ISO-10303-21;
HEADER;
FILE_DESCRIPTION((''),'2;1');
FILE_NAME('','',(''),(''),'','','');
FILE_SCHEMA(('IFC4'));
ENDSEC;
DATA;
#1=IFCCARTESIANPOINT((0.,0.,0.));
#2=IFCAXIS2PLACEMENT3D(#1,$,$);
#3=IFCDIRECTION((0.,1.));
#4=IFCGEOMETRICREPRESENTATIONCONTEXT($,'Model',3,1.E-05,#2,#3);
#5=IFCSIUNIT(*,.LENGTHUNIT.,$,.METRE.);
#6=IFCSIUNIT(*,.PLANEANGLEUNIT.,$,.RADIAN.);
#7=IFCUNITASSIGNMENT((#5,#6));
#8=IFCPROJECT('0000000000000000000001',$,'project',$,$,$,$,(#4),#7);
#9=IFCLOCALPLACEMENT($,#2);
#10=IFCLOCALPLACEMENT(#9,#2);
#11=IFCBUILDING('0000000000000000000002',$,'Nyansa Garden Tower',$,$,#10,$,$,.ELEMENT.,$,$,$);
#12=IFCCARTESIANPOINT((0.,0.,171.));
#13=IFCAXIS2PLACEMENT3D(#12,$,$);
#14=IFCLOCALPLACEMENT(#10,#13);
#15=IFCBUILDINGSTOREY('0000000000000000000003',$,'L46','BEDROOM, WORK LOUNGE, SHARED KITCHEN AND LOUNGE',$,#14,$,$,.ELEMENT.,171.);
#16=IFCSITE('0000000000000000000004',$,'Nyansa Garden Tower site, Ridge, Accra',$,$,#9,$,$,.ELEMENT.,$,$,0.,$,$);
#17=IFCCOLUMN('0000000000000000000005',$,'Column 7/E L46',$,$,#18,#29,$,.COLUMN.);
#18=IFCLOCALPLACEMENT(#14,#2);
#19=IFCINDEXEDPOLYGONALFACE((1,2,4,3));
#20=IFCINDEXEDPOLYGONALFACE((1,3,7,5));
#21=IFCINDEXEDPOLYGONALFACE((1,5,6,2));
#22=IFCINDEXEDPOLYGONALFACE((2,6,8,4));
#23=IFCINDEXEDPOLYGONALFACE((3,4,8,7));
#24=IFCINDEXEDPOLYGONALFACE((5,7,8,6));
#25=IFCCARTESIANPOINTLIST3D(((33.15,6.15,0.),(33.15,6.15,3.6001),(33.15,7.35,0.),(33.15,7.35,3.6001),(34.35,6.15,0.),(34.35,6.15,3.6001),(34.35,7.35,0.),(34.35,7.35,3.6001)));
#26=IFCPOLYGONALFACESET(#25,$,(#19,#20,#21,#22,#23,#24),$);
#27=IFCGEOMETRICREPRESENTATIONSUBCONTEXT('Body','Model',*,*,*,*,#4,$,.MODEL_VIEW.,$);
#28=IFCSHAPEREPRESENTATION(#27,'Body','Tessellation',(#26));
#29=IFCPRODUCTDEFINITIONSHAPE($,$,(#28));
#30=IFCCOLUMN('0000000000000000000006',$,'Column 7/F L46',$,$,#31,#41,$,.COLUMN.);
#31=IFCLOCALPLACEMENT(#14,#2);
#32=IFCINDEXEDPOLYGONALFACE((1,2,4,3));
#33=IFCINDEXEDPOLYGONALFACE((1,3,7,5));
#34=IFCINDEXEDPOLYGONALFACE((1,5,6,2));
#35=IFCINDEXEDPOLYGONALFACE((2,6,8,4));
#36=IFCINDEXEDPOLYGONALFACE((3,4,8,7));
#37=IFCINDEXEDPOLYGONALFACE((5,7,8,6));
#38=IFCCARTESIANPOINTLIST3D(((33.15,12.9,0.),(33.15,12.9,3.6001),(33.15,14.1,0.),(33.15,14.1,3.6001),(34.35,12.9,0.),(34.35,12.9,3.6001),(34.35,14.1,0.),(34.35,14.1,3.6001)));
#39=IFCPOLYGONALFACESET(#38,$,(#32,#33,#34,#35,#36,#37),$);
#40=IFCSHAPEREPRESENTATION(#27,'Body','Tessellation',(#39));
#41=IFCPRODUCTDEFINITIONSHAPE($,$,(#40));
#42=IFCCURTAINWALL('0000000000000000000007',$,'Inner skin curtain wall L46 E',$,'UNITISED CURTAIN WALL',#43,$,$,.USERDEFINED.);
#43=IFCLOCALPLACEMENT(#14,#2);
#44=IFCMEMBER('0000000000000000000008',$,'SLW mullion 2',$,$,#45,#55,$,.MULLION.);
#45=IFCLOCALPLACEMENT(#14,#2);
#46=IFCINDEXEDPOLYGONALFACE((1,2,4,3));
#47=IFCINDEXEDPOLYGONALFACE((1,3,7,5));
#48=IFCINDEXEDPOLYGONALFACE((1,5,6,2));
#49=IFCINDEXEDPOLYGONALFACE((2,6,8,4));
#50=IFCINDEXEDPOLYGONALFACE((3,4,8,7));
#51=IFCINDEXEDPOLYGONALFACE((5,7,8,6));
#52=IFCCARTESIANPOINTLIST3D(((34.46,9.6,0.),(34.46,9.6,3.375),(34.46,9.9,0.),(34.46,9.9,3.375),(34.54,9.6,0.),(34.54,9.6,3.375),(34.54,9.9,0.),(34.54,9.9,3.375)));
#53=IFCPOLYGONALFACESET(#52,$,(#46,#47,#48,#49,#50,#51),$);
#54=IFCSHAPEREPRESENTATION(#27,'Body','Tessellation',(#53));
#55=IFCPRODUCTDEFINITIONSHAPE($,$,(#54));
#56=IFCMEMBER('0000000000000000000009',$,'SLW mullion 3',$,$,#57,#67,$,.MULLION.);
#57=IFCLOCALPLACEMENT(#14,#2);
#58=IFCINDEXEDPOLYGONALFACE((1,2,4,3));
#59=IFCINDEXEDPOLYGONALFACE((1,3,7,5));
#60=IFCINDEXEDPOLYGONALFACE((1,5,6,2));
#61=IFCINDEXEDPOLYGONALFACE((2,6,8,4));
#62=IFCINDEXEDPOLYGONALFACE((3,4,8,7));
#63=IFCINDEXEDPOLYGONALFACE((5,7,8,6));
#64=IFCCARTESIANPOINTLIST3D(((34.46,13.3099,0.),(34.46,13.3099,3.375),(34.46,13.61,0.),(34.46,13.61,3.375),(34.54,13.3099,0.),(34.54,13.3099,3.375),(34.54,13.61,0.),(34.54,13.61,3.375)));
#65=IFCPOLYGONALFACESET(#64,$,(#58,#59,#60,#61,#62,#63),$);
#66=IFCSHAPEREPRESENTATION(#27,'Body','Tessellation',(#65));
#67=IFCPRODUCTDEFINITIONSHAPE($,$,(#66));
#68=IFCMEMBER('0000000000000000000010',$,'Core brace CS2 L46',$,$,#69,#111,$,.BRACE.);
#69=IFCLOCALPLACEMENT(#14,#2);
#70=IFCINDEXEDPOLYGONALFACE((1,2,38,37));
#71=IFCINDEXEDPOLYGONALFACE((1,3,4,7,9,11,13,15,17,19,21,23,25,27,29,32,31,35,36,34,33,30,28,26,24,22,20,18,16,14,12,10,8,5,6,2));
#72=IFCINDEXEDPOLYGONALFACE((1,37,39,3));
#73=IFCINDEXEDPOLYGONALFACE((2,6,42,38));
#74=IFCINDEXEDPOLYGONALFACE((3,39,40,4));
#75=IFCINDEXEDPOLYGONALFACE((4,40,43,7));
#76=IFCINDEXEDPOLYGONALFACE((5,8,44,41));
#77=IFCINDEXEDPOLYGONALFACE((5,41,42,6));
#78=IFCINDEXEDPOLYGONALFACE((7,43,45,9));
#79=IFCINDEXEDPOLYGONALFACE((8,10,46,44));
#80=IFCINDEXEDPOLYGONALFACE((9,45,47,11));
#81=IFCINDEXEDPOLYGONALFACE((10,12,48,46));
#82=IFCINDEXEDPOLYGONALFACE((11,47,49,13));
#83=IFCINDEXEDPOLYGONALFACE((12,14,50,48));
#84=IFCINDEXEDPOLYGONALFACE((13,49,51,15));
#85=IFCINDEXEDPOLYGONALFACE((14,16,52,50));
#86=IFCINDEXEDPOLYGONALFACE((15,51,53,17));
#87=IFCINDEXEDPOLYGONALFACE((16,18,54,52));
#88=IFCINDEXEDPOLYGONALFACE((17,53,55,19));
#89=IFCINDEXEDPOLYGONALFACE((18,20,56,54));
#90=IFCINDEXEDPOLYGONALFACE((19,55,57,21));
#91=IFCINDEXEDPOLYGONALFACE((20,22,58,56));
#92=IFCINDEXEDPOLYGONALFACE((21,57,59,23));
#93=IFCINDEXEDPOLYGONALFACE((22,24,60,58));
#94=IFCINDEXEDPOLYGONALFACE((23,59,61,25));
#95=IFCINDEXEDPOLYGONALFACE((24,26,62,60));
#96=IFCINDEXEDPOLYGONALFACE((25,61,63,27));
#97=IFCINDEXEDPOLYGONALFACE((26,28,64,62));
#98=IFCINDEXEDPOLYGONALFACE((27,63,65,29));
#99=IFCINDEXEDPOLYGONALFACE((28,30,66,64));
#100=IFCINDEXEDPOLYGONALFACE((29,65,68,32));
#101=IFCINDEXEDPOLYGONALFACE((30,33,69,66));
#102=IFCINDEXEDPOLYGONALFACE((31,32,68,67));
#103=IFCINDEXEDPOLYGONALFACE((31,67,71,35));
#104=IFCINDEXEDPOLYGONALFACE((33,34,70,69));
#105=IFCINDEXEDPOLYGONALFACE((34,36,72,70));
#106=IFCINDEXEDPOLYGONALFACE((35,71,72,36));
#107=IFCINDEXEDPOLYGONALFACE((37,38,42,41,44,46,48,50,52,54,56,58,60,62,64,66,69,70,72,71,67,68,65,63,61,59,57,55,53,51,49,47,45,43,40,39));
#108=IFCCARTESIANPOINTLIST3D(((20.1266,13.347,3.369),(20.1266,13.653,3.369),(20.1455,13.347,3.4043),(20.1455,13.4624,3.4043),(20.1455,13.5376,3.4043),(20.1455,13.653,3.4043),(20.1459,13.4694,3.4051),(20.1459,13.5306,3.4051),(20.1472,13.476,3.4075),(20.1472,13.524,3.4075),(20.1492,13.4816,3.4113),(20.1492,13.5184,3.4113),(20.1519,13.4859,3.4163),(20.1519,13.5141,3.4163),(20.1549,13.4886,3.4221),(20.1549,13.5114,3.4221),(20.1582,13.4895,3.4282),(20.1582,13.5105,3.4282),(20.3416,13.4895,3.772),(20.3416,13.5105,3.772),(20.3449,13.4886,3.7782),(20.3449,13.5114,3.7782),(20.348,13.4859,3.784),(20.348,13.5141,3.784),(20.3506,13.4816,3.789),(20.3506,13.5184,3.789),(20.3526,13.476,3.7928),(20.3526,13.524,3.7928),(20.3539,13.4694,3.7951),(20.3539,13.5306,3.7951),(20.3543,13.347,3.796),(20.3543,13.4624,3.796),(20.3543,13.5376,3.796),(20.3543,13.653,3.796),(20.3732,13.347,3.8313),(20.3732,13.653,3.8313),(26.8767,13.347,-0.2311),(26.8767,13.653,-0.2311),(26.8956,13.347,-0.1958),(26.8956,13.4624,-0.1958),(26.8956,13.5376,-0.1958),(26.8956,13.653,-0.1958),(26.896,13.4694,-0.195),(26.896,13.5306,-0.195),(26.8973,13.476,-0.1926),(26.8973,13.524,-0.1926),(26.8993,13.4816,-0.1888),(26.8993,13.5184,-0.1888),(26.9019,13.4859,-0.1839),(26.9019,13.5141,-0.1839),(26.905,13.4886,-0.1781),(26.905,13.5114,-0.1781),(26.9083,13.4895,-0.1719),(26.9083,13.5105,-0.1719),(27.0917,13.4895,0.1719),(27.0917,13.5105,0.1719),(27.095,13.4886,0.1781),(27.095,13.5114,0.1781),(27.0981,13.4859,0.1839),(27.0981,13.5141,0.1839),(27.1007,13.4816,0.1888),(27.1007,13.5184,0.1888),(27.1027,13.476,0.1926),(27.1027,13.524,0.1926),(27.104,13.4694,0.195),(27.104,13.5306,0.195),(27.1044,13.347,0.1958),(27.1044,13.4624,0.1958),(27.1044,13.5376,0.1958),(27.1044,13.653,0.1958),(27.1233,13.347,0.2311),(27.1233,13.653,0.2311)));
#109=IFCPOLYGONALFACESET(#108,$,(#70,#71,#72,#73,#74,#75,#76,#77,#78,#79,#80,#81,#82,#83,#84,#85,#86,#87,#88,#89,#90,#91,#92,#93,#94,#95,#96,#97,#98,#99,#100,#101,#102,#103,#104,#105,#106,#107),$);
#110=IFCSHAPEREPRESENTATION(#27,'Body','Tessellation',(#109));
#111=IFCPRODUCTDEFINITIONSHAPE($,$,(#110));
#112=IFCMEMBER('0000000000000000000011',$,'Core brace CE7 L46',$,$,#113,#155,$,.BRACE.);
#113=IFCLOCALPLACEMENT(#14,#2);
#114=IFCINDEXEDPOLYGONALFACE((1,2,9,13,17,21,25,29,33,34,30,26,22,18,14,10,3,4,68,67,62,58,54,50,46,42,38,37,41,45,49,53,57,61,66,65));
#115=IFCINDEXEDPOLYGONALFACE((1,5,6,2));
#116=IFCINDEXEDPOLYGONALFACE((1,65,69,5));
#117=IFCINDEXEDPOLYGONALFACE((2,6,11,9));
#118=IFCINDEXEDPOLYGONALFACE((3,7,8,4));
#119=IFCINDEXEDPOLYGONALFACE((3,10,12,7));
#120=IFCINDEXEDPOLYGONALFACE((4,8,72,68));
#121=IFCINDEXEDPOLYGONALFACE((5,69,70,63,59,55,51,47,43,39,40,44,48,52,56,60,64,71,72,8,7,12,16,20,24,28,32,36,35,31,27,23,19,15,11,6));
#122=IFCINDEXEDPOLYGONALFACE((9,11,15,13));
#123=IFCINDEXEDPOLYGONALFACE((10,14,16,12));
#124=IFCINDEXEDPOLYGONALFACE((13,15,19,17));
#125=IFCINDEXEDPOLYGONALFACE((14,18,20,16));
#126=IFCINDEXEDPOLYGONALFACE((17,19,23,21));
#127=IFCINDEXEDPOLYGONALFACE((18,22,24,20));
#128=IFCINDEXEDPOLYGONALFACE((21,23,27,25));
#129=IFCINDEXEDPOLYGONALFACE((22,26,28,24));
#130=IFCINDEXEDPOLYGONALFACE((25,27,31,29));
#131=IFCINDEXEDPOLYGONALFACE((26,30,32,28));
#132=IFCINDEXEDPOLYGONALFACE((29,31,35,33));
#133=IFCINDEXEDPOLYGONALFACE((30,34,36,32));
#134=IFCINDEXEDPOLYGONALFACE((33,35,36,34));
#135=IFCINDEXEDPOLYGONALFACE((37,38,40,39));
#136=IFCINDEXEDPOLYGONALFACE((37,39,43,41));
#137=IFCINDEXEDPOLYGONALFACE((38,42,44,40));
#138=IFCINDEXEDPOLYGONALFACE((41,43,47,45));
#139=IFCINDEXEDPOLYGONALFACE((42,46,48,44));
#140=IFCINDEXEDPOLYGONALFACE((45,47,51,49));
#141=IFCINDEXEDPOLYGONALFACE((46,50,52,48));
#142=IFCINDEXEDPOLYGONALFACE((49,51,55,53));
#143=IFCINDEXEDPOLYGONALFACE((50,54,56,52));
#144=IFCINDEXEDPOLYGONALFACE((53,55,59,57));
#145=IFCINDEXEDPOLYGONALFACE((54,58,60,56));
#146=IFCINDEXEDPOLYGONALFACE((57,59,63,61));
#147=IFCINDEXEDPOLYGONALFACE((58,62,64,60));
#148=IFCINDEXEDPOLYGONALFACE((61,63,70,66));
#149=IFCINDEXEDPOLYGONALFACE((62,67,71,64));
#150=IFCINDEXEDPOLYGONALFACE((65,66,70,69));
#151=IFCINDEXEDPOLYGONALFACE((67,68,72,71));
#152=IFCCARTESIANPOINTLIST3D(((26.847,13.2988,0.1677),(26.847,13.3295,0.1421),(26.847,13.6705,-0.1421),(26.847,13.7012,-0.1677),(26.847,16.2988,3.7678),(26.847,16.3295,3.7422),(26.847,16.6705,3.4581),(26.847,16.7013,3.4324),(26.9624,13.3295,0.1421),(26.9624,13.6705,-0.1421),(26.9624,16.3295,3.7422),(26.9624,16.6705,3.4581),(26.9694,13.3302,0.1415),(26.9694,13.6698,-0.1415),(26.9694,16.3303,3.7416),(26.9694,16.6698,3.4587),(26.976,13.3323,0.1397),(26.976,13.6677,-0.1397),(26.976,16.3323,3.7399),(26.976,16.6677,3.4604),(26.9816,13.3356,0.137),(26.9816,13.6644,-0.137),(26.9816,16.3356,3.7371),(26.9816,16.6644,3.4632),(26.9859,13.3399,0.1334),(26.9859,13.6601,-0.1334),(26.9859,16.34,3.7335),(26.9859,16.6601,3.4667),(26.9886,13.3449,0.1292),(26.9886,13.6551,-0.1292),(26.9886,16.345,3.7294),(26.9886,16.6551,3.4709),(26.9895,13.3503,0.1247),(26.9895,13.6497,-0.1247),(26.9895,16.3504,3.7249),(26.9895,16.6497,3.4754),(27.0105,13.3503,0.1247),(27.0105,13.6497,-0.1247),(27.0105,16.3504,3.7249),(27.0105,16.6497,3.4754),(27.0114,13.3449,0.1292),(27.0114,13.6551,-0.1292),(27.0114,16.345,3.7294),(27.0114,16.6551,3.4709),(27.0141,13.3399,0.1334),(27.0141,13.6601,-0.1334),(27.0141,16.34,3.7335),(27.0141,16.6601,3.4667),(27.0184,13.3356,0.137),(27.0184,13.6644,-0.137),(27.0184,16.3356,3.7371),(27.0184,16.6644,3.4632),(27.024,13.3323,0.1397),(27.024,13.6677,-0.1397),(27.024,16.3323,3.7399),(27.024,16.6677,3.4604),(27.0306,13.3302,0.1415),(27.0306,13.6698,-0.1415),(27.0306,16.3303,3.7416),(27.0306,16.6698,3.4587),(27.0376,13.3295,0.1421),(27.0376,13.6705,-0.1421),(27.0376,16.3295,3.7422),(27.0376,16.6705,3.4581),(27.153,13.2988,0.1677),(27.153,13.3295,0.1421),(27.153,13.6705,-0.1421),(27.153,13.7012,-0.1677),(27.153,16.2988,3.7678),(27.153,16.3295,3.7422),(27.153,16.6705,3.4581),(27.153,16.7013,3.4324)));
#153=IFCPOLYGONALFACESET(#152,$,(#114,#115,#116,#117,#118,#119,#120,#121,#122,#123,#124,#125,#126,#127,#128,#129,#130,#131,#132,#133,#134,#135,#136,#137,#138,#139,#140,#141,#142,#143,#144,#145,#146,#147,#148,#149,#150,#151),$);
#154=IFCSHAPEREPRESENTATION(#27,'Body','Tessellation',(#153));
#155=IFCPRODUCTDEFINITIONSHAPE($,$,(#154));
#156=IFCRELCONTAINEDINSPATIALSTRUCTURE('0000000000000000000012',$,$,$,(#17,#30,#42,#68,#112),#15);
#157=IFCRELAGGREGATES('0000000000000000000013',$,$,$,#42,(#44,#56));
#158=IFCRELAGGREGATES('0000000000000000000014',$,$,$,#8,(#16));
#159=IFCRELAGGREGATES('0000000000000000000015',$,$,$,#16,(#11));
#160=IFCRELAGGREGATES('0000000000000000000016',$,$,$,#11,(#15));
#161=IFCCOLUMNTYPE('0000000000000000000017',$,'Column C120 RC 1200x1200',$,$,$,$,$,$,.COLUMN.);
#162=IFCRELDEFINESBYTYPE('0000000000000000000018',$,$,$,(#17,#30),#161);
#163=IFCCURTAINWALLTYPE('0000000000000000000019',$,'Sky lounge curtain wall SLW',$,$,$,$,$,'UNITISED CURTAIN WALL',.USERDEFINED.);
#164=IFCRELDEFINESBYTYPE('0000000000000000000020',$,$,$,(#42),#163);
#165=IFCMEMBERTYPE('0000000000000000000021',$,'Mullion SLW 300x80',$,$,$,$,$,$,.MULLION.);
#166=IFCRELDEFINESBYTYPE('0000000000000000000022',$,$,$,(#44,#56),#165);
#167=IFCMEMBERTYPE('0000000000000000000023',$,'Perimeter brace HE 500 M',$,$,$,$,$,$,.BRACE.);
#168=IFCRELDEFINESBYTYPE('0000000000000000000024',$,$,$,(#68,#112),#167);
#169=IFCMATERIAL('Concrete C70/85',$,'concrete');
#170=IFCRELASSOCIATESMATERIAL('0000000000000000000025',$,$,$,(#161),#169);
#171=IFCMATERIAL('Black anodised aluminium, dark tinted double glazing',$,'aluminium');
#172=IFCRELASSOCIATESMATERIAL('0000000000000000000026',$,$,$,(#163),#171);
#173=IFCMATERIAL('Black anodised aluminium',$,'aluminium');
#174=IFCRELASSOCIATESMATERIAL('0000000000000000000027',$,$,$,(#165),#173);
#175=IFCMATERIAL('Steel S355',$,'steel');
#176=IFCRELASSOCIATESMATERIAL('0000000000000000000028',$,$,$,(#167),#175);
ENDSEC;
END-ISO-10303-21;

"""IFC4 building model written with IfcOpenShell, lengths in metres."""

from ifc_helpers import new_model, si_unit, direction, frame, origin, origin_2d, place, context, subcontext, project, spatial, rectangle, i_section, extrude, material, material_profile, profile_set, type_object, element, aggregate, save


model = new_model("IFC4")

# Units and contexts
model_context = context("Model", 3, precision=1e-05, world=origin(), true_north=direction((0.0, 1.0)))
body_context = subcontext(model_context, "Body", "Model", "MODEL_VIEW")
ifc_project = project(units=[si_unit("LENGTHUNIT", "METRE"), si_unit("PLANEANGLEUNIT", "RADIAN")], contexts=[model_context])

# Site, building, storey
site_placement = place(None, origin())
site = spatial("IfcSite", under=ifc_project, at=site_placement, Name="Nyansa Garden Tower site, Ridge, Accra", CompositionType="ELEMENT", RefElevation=0.0)
building_placement = place(site_placement, origin())
building = spatial("IfcBuilding", under=site, at=building_placement, Name="Nyansa Garden Tower", CompositionType="ELEMENT")
storey_placement = place(building_placement, frame((0.0, 0.0, 171.0)))
storey = spatial("IfcBuildingStorey", under=building, at=storey_placement, Name="L46", Description="BEDROOM, WORK LOUNGE, SHARED KITCHEN AND LOUNGE", CompositionType="ELEMENT", Elevation=171.0)

# Columns
ifc_material_1 = material(Name="Concrete C70/85", Category="concrete")
ifc_material_profile_1 = material_profile(ifc_material_1, rectangle(XDim=1.2, YDim=1.2, at=origin_2d()), Name="RC 1200x1200")
ifc_profile_set_1 = profile_set([ifc_material_profile_1], Name="Concrete C70/85")
column_type = type_object("IfcColumnType", Name="Column C120 RC 1200x1200", PredefinedType="COLUMN", material=ifc_profile_set_1)
for number, where, z_axis, x_axis, name in (
    (1, (33.75, 6.75, 0.0), (0.0, 0.0, 1.0), (1.0, 0.0, 0.0), "Column 7/E L46"),
    (2, (33.75, 13.5, 0.0), (0.0, 0.0, 1.0), (1.0, 0.0, 0.0), "Column 7/F L46"),
):
    element("IfcColumn", number, at=place(storey_placement, frame(where, z_axis=z_axis, x_axis=x_axis)), inside=storey, type_object=column_type, Name=name, PredefinedType="COLUMN", context=body_context, shape_type="SweptSolid", body=[
        extrude(rectangle(XDim=1.2, YDim=1.2, at=origin_2d()), origin(), (0.0, 0.0, 1.0), 3.6001),
    ])

# Curtain wall, members
ifc_material_2 = material(Name="Black anodised aluminium, dark tinted double glazing", Category="aluminium")
curtain_wall_type = type_object("IfcCurtainWallType", Name="Sky lounge curtain wall SLW", ElementType="UNITISED CURTAIN WALL", PredefinedType="USERDEFINED", material=ifc_material_2)
curtain_wall_placement = place(storey_placement, origin())
curtain_wall = element("IfcCurtainWall", 3, at=curtain_wall_placement, inside=storey, type_object=curtain_wall_type, Name="Inner skin curtain wall L46 E", ObjectType="UNITISED CURTAIN WALL", PredefinedType="USERDEFINED")
ifc_material_3 = material(Name="Black anodised aluminium", Category="aluminium")
ifc_material_profile_2 = material_profile(ifc_material_3, rectangle(XDim=0.0801, YDim=0.3, at=origin_2d()), Name="Mullion 300x80")
ifc_profile_set_2 = profile_set([ifc_material_profile_2], Name="Black anodised aluminium")
member_type_1 = type_object("IfcMemberType", Name="Mullion SLW 300x80", PredefinedType="MULLION", material=ifc_profile_set_2)
member_1_placement = place(storey_placement, frame((34.5, 9.75, 0.0), z_axis=(0.0, 0.0, 1.0), x_axis=(-1.0, 0.0, 0.0)))
member_1 = element("IfcMember", 4, at=member_1_placement, type_object=member_type_1, Name="SLW mullion 2", PredefinedType="MULLION", context=body_context, shape_type="SweptSolid", body=[
    extrude(rectangle(XDim=0.0801, YDim=0.3, at=origin_2d()), origin(), (0.0, 0.0, 1.0), 3.375),
])
member_2_placement = place(storey_placement, frame((34.5, 13.46, 0.0), z_axis=(0.0, 0.0, 1.0), x_axis=(-1.0, 0.0, 0.0)))
member_2 = element("IfcMember", 5, at=member_2_placement, type_object=member_type_1, Name="SLW mullion 3", PredefinedType="MULLION", context=body_context, shape_type="SweptSolid", body=[
    extrude(rectangle(XDim=0.0801, YDim=0.3, at=origin_2d()), origin(), (0.0, 0.0, 1.0), 3.375),
])

# Members
ifc_material_4 = material(Name="Steel S355", Category="steel")
ifc_material_profile_3 = material_profile(ifc_material_4, i_section(OverallWidth=0.3059, OverallDepth=0.5239, WebThickness=0.021, FlangeThickness=0.04, FilletRadius=0.0271, at=origin_2d()), Name="HE 500 M")
ifc_profile_set_3 = profile_set([ifc_material_profile_3], Name="Steel S355")
member_type_2 = type_object("IfcMemberType", Name="Perimeter brace HE 500 M", PredefinedType="BRACE", material=ifc_profile_set_3)
member_3_placement = place(storey_placement, frame((27.0, 13.5, 0.0), z_axis=(-0.882348, 0.0, 0.470598), x_axis=(0.0, -1.0, 0.0)))
element("IfcMember", 6, at=member_3_placement, inside=storey, type_object=member_type_2, Name="Core brace CS2 L46", PredefinedType="BRACE", context=body_context, shape_type="SweptSolid", body=[
    extrude(i_section(OverallWidth=0.3059, OverallDepth=0.5239, WebThickness=0.021, FlangeThickness=0.04, FilletRadius=0.0271, at=origin_2d()), origin(), (0.0, 0.0, 1.0), 7.6501),
])
member_4_placement = place(storey_placement, frame((27.0, 13.5, 0.0), z_axis=(0.0, 0.640174, 0.76823), x_axis=(-1.0, 0.0, 0.0)))
element("IfcMember", 7, at=member_4_placement, inside=storey, type_object=member_type_2, Name="Core brace CE7 L46", PredefinedType="BRACE", context=body_context, shape_type="SweptSolid", body=[
    extrude(i_section(OverallWidth=0.3059, OverallDepth=0.5239, WebThickness=0.021, FlangeThickness=0.04, FilletRadius=0.0271, at=origin_2d()), origin(), (0.0, 0.0, 1.0), 4.6863),
])

aggregate(curtain_wall, [member_1, member_2])

save(model, "model.ifc")
